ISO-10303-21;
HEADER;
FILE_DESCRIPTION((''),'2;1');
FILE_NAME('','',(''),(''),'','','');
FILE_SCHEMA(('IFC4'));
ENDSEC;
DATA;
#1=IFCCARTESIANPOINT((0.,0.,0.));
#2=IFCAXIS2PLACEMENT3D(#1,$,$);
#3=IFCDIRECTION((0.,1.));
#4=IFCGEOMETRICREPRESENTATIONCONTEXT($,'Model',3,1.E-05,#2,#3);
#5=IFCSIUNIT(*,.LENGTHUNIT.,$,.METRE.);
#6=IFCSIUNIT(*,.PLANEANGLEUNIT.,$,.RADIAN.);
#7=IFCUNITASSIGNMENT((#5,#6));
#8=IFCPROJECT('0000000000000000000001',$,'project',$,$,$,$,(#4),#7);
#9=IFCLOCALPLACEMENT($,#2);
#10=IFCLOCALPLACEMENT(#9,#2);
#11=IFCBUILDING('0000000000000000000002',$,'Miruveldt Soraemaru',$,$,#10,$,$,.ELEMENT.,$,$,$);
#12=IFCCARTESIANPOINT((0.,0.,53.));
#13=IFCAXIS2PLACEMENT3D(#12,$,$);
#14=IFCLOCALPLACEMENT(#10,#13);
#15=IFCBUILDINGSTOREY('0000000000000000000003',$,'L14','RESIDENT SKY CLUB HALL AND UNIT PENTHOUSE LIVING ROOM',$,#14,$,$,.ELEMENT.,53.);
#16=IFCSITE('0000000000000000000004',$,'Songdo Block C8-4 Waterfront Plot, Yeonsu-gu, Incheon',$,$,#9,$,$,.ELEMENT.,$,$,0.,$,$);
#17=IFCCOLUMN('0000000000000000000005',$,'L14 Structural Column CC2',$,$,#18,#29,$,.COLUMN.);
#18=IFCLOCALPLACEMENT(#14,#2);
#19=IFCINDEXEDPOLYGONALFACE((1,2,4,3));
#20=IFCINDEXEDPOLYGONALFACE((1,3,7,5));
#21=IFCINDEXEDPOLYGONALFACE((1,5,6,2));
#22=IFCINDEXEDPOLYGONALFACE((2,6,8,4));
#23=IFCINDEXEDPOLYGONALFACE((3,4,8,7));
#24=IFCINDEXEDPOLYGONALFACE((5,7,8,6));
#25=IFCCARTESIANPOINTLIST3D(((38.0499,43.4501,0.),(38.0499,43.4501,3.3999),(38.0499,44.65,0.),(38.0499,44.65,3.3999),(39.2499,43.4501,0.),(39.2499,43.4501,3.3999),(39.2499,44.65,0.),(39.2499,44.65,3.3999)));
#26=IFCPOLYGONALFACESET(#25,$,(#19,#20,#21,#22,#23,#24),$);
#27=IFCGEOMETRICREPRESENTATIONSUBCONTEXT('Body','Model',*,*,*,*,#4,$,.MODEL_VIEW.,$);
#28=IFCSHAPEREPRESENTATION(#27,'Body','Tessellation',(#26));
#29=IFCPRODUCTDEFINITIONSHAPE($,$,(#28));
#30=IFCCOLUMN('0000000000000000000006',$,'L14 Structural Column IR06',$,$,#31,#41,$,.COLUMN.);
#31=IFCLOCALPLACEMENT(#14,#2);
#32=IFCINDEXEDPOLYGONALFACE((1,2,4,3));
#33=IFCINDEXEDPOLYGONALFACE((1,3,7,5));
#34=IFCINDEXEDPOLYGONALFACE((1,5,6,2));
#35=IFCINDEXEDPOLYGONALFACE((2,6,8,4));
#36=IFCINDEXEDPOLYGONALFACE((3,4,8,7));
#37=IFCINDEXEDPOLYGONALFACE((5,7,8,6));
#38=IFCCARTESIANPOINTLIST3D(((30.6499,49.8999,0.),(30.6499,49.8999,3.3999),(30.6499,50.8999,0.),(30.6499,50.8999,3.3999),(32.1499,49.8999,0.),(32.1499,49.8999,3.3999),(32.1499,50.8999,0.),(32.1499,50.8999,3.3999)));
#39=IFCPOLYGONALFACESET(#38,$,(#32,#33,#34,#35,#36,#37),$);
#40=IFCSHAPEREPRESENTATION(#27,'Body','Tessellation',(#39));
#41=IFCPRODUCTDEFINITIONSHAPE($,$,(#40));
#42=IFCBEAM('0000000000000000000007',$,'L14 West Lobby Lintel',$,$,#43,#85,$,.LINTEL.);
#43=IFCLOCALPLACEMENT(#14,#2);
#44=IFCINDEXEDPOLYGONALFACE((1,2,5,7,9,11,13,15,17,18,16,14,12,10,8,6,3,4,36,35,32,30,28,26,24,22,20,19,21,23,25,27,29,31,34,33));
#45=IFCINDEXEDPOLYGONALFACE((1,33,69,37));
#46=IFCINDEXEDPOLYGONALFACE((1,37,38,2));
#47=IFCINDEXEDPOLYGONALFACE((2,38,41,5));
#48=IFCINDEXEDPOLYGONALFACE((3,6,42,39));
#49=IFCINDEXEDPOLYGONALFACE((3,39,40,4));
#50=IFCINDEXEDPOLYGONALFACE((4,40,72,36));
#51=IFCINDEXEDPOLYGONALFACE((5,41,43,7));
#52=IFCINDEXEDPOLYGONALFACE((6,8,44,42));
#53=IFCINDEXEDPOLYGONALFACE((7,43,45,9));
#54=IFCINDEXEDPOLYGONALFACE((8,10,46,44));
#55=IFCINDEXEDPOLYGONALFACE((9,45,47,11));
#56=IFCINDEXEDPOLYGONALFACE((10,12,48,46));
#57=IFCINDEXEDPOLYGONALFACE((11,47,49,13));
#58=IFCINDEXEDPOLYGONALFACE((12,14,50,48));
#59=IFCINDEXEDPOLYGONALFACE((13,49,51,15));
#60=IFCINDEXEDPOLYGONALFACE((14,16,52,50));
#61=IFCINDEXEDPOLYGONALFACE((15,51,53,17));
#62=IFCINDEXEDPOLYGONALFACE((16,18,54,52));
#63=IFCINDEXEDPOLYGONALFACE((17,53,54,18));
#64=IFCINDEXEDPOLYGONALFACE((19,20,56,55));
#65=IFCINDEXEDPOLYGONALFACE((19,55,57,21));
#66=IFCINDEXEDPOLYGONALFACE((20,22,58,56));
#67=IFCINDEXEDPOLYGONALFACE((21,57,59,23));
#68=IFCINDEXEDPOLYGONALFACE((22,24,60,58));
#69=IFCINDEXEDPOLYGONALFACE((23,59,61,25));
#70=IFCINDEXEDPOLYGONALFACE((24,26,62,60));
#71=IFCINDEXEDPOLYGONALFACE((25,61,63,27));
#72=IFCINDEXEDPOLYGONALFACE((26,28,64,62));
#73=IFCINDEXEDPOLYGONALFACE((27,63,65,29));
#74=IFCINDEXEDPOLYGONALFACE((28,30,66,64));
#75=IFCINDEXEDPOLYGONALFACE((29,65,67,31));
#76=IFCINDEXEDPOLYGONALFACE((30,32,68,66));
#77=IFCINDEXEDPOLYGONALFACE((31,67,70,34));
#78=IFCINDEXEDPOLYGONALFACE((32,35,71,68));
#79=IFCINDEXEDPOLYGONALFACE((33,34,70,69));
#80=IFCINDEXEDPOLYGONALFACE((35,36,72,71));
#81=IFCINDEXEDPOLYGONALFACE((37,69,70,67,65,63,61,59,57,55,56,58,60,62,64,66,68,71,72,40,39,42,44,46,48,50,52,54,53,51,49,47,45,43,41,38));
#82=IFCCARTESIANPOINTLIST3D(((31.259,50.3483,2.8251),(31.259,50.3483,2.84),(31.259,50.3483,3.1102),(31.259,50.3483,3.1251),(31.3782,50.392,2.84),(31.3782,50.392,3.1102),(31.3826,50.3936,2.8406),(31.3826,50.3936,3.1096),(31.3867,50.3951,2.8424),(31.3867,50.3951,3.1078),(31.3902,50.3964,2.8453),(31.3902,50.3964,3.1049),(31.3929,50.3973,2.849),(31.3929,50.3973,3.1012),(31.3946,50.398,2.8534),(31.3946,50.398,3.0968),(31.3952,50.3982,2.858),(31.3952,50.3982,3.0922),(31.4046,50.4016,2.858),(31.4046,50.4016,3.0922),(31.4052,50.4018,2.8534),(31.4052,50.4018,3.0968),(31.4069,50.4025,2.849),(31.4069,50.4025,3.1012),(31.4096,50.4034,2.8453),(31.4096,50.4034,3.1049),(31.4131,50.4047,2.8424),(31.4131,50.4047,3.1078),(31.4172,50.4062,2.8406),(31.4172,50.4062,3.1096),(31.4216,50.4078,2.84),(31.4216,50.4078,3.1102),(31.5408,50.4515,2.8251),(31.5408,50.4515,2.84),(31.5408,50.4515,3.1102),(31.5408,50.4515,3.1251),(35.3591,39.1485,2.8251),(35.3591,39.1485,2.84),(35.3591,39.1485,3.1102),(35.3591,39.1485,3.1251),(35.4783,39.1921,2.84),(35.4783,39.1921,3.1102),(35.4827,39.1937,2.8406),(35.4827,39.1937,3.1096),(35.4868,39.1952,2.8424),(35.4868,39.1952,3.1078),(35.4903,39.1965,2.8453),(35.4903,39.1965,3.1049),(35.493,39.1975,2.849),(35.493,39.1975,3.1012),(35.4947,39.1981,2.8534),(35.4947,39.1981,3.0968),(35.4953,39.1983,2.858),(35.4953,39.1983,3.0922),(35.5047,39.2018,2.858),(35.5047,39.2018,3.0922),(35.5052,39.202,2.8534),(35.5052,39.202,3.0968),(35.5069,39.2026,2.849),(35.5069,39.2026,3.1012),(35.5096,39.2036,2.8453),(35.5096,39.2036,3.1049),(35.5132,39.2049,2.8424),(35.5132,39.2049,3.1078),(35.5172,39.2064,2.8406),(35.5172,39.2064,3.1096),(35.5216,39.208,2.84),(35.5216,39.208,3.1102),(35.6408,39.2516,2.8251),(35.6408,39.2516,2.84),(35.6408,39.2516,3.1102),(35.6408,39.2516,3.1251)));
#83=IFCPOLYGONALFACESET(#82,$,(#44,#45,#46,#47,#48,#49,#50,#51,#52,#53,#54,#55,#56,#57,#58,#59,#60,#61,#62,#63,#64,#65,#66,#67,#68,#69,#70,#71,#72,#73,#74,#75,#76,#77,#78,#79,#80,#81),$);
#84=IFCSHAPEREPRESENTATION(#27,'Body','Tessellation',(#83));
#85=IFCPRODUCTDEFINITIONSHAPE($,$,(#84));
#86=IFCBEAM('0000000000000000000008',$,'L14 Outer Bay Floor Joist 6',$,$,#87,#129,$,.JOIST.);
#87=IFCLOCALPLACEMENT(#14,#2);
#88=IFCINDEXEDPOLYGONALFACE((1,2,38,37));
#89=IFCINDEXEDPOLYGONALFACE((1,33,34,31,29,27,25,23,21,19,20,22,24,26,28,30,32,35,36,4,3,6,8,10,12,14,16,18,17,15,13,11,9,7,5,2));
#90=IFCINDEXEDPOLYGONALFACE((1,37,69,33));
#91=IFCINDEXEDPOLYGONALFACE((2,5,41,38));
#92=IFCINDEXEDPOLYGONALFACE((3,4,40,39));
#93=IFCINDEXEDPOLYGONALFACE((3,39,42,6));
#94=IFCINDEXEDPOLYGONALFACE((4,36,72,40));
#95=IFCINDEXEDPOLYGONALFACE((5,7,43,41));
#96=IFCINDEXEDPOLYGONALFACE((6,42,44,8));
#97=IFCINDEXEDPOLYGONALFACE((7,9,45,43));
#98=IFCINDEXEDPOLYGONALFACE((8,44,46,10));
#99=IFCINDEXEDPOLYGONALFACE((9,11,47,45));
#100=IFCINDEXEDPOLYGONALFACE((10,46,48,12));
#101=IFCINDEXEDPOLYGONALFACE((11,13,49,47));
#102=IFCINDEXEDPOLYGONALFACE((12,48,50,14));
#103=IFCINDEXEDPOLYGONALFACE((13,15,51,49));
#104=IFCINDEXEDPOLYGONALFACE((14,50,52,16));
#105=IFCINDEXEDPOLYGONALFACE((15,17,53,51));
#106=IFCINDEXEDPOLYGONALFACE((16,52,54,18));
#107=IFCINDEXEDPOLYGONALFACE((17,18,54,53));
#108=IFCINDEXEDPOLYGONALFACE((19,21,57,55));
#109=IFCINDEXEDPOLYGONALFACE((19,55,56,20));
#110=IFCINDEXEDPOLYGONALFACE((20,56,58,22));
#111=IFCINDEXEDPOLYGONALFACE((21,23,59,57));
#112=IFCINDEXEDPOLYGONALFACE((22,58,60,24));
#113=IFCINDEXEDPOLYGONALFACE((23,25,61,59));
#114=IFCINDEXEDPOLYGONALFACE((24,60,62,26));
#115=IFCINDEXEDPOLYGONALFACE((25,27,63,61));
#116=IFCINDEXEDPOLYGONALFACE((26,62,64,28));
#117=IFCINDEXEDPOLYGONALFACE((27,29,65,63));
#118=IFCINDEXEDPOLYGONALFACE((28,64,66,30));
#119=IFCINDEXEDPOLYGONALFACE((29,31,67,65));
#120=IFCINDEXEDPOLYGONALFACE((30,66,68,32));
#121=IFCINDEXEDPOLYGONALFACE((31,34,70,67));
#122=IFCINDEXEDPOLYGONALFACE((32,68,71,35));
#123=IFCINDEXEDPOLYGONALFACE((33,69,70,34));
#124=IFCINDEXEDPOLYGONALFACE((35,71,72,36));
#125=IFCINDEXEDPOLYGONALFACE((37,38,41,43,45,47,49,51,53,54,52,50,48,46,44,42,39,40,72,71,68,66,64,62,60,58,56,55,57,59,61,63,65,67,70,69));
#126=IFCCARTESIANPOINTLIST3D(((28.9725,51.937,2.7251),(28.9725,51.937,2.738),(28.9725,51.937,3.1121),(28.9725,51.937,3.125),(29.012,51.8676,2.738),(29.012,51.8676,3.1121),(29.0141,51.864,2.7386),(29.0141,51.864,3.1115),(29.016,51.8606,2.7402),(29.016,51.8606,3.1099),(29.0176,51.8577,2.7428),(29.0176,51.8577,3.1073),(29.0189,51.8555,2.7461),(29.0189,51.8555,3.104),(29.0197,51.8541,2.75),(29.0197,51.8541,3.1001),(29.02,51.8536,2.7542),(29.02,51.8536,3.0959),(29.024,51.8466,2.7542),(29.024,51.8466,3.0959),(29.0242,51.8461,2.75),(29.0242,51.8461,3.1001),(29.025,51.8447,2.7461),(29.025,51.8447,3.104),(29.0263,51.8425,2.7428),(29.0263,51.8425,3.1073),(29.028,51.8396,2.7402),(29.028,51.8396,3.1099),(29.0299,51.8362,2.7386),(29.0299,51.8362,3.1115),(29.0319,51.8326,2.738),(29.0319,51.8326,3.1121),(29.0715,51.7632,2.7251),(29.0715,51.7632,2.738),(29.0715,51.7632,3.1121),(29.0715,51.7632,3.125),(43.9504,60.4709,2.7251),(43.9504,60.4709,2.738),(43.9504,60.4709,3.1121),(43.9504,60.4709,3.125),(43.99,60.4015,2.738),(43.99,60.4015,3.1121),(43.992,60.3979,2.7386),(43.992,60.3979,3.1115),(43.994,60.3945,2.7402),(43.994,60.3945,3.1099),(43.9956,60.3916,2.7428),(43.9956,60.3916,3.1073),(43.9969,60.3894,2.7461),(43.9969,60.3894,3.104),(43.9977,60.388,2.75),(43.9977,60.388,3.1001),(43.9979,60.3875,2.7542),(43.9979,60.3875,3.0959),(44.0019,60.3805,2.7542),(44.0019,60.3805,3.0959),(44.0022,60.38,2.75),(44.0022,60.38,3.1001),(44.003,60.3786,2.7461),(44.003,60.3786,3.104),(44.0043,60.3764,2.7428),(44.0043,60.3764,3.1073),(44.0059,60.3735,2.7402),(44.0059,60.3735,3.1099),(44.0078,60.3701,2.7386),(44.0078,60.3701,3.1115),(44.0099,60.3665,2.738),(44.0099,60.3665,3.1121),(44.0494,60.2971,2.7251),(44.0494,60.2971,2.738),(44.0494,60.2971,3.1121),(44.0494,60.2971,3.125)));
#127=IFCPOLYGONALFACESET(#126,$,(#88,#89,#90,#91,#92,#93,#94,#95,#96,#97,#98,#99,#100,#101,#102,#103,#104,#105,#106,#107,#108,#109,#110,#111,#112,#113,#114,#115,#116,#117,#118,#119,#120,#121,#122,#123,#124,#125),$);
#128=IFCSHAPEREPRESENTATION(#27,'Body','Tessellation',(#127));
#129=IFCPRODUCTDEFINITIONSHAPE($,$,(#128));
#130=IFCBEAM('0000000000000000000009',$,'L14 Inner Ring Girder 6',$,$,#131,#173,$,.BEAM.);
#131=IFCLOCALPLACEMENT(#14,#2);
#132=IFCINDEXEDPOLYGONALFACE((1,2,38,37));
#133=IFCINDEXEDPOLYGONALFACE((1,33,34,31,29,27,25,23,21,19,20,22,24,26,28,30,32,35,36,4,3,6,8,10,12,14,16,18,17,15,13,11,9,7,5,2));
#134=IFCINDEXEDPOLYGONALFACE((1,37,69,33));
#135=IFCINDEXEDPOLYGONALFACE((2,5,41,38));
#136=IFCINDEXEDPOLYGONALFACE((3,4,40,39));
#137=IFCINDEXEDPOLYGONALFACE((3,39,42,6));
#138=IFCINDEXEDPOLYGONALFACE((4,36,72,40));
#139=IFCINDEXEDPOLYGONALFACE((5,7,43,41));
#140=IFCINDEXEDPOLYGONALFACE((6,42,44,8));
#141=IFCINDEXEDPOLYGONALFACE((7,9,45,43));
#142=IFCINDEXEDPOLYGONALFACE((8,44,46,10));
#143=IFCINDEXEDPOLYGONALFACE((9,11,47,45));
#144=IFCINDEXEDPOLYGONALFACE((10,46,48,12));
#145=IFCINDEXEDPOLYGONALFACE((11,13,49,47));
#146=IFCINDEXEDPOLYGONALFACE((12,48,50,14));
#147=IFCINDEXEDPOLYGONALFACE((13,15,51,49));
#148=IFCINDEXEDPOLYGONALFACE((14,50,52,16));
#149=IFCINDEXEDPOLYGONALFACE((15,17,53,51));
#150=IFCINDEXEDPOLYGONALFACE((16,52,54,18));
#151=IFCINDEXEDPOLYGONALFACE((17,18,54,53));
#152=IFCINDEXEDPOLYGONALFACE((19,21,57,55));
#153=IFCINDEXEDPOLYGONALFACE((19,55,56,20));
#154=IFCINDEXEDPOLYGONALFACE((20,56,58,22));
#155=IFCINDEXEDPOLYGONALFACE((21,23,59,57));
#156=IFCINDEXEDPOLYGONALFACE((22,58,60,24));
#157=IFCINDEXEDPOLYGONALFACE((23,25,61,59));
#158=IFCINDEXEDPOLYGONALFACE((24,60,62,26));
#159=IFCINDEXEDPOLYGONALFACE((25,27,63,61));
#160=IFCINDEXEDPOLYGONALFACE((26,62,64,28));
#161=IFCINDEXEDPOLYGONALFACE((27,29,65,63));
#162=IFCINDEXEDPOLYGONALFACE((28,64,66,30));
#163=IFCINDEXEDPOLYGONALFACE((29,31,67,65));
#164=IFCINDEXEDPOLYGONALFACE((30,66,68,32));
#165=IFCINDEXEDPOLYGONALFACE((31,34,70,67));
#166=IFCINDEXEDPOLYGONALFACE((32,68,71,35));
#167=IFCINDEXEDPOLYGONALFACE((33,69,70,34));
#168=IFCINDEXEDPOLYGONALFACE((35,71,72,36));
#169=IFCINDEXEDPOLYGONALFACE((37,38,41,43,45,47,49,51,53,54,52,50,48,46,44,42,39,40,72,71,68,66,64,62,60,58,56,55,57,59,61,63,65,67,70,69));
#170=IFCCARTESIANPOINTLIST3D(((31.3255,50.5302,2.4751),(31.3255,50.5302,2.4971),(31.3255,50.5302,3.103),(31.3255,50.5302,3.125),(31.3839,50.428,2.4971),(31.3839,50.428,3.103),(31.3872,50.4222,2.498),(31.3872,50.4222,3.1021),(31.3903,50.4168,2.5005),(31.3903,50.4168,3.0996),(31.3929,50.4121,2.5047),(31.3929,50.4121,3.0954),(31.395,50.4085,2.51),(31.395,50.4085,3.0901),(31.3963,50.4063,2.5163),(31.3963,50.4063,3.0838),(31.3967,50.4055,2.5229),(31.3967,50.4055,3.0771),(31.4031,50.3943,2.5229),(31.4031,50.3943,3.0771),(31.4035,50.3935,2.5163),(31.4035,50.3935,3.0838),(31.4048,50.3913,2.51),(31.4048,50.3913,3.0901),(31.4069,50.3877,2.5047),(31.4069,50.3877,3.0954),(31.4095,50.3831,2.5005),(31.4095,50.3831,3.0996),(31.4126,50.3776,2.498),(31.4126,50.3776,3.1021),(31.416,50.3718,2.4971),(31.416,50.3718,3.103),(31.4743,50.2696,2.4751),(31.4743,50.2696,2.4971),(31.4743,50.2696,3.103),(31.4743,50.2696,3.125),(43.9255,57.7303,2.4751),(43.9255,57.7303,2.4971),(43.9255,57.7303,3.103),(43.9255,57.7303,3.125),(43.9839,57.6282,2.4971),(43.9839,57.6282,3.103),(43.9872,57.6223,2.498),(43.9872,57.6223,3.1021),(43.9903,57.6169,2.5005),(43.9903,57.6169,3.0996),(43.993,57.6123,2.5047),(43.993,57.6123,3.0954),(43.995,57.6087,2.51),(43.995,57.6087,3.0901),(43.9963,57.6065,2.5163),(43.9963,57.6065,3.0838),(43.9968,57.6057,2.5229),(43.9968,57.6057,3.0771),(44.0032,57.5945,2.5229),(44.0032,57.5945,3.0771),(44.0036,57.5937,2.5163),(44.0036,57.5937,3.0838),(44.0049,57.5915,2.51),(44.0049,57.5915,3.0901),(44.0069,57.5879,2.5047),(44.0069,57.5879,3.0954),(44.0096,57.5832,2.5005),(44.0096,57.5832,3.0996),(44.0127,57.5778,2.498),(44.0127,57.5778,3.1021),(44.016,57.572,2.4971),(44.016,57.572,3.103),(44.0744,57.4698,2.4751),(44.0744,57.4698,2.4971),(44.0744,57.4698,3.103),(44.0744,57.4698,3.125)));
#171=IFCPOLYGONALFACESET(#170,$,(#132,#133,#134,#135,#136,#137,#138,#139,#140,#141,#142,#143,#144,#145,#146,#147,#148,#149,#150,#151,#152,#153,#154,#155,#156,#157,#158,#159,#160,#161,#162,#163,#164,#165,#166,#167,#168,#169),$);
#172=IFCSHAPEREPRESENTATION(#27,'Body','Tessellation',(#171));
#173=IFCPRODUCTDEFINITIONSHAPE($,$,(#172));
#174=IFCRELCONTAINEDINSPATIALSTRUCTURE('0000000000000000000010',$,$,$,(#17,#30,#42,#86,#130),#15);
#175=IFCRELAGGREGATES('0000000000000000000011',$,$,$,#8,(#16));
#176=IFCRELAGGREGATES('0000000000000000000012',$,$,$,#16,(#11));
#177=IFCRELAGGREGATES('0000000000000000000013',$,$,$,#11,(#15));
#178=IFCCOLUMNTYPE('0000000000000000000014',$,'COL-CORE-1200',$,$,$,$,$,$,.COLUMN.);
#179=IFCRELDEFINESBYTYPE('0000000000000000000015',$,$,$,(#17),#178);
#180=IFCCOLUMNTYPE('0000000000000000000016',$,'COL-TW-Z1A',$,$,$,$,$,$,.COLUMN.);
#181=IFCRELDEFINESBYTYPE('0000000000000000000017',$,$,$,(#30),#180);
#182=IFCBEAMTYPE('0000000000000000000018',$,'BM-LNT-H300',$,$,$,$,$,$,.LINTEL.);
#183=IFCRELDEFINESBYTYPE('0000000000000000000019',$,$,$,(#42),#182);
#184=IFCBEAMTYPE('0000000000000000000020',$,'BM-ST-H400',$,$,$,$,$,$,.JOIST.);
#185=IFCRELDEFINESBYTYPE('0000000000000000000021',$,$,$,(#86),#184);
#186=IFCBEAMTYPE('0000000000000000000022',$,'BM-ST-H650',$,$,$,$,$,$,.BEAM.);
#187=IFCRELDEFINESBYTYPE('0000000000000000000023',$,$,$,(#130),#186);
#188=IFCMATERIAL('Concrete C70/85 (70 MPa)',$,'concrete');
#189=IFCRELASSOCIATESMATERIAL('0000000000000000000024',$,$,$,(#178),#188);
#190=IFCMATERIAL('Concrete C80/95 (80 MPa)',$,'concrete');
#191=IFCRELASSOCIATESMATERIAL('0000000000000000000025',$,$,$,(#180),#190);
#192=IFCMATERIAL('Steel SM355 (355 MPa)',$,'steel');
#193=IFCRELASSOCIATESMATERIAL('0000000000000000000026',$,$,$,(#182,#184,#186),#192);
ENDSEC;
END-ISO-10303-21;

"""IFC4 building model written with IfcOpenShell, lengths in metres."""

from ifc_helpers import new_model, si_unit, direction, frame, origin, origin_2d, place, context, subcontext, project, spatial, rectangle, i_section, extrude, material, material_profile, profile_set, type_object, element, save


model = new_model("IFC4")

# Units and contexts
model_context = context("Model", 3, precision=1e-05, world=origin(), true_north=direction((0.0, 1.0)))
body_context = subcontext(model_context, "Body", "Model", "MODEL_VIEW")
ifc_project = project(units=[si_unit("LENGTHUNIT", "METRE"), si_unit("PLANEANGLEUNIT", "RADIAN")], contexts=[model_context])

# Site, building, storey
site_placement = place(None, origin())
site = spatial("IfcSite", under=ifc_project, at=site_placement, Name="Songdo Block C8-4 Waterfront Plot, Yeonsu-gu, Incheon", CompositionType="ELEMENT", RefElevation=0.0)
building_placement = place(site_placement, origin())
building = spatial("IfcBuilding", under=site, at=building_placement, Name="Miruveldt Soraemaru", CompositionType="ELEMENT")
storey_placement = place(building_placement, frame((0.0, 0.0, 53.0)))
storey = spatial("IfcBuildingStorey", under=building, at=storey_placement, Name="L14", Description="RESIDENT SKY CLUB HALL AND UNIT PENTHOUSE LIVING ROOM", CompositionType="ELEMENT", Elevation=53.0)

# Columns
ifc_material_1 = material(Name="Concrete C70/85 (70 MPa)", Category="concrete")
ifc_material_profile_1 = material_profile(ifc_material_1, rectangle(XDim=1.2, YDim=1.2, at=origin_2d()), Name="Concrete C70/85 (70 MPa)", Category="concrete")
ifc_profile_set_1 = profile_set([ifc_material_profile_1], Name="Concrete C70/85 (70 MPa)")
column_type_1 = type_object("IfcColumnType", Name="COL-CORE-1200", PredefinedType="COLUMN", material=ifc_profile_set_1)
column_1_placement = place(storey_placement, frame((38.6499, 44.05, 0.0), z_axis=(0.0, 0.0, 1.0), x_axis=(1.0, 0.0, 0.0)))
element("IfcColumn", 1, at=column_1_placement, inside=storey, type_object=column_type_1, Name="L14 Structural Column CC2", PredefinedType="COLUMN", context=body_context, shape_type="SweptSolid", body=[
    extrude(rectangle(XDim=1.2, YDim=1.2, at=origin_2d()), origin(), (0.0, 0.0, 1.0), 3.3999),
])
ifc_material_2 = material(Name="Concrete C80/95 (80 MPa)", Category="concrete")
ifc_material_profile_2 = material_profile(ifc_material_2, rectangle(XDim=1.5, YDim=1.0, at=origin_2d()), Name="Concrete C80/95 (80 MPa)", Category="concrete")
ifc_profile_set_2 = profile_set([ifc_material_profile_2], Name="Concrete C80/95 (80 MPa)")
column_type_2 = type_object("IfcColumnType", Name="COL-TW-Z1A", PredefinedType="COLUMN", material=ifc_profile_set_2)
column_2_placement = place(storey_placement, frame((31.3999, 50.3999, 0.0), z_axis=(0.0, 0.0, 1.0), x_axis=(1.0, 0.0, 0.0)))
element("IfcColumn", 2, at=column_2_placement, inside=storey, type_object=column_type_2, Name="L14 Structural Column IR06", PredefinedType="COLUMN", context=body_context, shape_type="SweptSolid", body=[
    extrude(rectangle(XDim=1.5, YDim=1.0, at=origin_2d()), origin(), (0.0, 0.0, 1.0), 3.3999),
])

# Beams
ifc_material_3 = material(Name="Steel SM355 (355 MPa)", Category="steel")
ifc_material_profile_3 = material_profile(ifc_material_3, i_section(OverallWidth=0.3, OverallDepth=0.3, WebThickness=0.01, FlangeThickness=0.0149, FilletRadius=0.0181, at=origin_2d()), Name="Steel SM355 (355 MPa)", Category="steel")
ifc_profile_set_3 = profile_set([ifc_material_profile_3], Name="Steel SM355 (355 MPa)")
beam_type_1 = type_object("IfcBeamType", Name="BM-LNT-H300", PredefinedType="LINTEL", material=ifc_profile_set_3)
beam_1_placement = place(storey_placement, frame((31.3999, 50.3999, 2.9751), z_axis=(0.34377, -0.939054, 0.0), x_axis=(0.939054, 0.34377, 0.0)))
element("IfcBeam", 3, at=beam_1_placement, inside=storey, type_object=beam_type_1, Name="L14 West Lobby Lintel", PredefinedType="LINTEL", context=body_context, shape_type="SweptSolid", body=[
    extrude(i_section(OverallWidth=0.3, OverallDepth=0.3, WebThickness=0.01, FlangeThickness=0.0149, FilletRadius=0.0181, at=origin_2d()), origin(), (0.0, 0.0, 1.0), 11.9268),
])
ifc_material_profile_4 = material_profile(ifc_material_3, i_section(OverallWidth=0.2, OverallDepth=0.3999, WebThickness=0.0081, FlangeThickness=0.0129, FilletRadius=0.0161, at=origin_2d()), Name="Steel SM355 (355 MPa)", Category="steel")
ifc_profile_set_4 = profile_set([ifc_material_profile_4], Name="Steel SM355 (355 MPa)")
beam_type_2 = type_object("IfcBeamType", Name="BM-ST-H400", PredefinedType="JOIST", material=ifc_profile_set_4)
beam_2_placement = place(storey_placement, frame((29.022, 51.8501, 2.925), z_axis=(0.868866, 0.495048, 0.0), x_axis=(-0.495048, 0.868866, 0.0)))
element("IfcBeam", 4, at=beam_2_placement, inside=storey, type_object=beam_type_2, Name="L14 Outer Bay Floor Joist 6", PredefinedType="JOIST", context=body_context, shape_type="SweptSolid", body=[
    extrude(i_section(OverallWidth=0.2, OverallDepth=0.3999, WebThickness=0.0081, FlangeThickness=0.0129, FilletRadius=0.0161, at=origin_2d()), origin(), (0.0, 0.0, 1.0), 17.2385),
])
ifc_material_profile_5 = material_profile(ifc_material_3, i_section(OverallWidth=0.3, OverallDepth=0.6499, WebThickness=0.0129, FlangeThickness=0.022, FilletRadius=0.0259, at=origin_2d()), Name="Steel SM355 (355 MPa)", Category="steel")
ifc_profile_set_5 = profile_set([ifc_material_profile_5], Name="Steel SM355 (355 MPa)")
beam_type_3 = type_object("IfcBeamType", Name="BM-ST-H650", PredefinedType="BEAM", material=ifc_profile_set_5)
beam_3_placement = place(storey_placement, frame((31.3999, 50.3999, 2.8), z_axis=(0.868239, 0.496146, 0.0), x_axis=(-0.496146, 0.868239, 0.0)))
element("IfcBeam", 5, at=beam_3_placement, inside=storey, type_object=beam_type_3, Name="L14 Inner Ring Girder 6", PredefinedType="BEAM", context=body_context, shape_type="SweptSolid", body=[
    extrude(i_section(OverallWidth=0.3, OverallDepth=0.6499, WebThickness=0.0129, FlangeThickness=0.022, FilletRadius=0.0259, at=origin_2d()), origin(), (0.0, 0.0, 1.0), 14.5122),
])

save(model, "model.ifc")
